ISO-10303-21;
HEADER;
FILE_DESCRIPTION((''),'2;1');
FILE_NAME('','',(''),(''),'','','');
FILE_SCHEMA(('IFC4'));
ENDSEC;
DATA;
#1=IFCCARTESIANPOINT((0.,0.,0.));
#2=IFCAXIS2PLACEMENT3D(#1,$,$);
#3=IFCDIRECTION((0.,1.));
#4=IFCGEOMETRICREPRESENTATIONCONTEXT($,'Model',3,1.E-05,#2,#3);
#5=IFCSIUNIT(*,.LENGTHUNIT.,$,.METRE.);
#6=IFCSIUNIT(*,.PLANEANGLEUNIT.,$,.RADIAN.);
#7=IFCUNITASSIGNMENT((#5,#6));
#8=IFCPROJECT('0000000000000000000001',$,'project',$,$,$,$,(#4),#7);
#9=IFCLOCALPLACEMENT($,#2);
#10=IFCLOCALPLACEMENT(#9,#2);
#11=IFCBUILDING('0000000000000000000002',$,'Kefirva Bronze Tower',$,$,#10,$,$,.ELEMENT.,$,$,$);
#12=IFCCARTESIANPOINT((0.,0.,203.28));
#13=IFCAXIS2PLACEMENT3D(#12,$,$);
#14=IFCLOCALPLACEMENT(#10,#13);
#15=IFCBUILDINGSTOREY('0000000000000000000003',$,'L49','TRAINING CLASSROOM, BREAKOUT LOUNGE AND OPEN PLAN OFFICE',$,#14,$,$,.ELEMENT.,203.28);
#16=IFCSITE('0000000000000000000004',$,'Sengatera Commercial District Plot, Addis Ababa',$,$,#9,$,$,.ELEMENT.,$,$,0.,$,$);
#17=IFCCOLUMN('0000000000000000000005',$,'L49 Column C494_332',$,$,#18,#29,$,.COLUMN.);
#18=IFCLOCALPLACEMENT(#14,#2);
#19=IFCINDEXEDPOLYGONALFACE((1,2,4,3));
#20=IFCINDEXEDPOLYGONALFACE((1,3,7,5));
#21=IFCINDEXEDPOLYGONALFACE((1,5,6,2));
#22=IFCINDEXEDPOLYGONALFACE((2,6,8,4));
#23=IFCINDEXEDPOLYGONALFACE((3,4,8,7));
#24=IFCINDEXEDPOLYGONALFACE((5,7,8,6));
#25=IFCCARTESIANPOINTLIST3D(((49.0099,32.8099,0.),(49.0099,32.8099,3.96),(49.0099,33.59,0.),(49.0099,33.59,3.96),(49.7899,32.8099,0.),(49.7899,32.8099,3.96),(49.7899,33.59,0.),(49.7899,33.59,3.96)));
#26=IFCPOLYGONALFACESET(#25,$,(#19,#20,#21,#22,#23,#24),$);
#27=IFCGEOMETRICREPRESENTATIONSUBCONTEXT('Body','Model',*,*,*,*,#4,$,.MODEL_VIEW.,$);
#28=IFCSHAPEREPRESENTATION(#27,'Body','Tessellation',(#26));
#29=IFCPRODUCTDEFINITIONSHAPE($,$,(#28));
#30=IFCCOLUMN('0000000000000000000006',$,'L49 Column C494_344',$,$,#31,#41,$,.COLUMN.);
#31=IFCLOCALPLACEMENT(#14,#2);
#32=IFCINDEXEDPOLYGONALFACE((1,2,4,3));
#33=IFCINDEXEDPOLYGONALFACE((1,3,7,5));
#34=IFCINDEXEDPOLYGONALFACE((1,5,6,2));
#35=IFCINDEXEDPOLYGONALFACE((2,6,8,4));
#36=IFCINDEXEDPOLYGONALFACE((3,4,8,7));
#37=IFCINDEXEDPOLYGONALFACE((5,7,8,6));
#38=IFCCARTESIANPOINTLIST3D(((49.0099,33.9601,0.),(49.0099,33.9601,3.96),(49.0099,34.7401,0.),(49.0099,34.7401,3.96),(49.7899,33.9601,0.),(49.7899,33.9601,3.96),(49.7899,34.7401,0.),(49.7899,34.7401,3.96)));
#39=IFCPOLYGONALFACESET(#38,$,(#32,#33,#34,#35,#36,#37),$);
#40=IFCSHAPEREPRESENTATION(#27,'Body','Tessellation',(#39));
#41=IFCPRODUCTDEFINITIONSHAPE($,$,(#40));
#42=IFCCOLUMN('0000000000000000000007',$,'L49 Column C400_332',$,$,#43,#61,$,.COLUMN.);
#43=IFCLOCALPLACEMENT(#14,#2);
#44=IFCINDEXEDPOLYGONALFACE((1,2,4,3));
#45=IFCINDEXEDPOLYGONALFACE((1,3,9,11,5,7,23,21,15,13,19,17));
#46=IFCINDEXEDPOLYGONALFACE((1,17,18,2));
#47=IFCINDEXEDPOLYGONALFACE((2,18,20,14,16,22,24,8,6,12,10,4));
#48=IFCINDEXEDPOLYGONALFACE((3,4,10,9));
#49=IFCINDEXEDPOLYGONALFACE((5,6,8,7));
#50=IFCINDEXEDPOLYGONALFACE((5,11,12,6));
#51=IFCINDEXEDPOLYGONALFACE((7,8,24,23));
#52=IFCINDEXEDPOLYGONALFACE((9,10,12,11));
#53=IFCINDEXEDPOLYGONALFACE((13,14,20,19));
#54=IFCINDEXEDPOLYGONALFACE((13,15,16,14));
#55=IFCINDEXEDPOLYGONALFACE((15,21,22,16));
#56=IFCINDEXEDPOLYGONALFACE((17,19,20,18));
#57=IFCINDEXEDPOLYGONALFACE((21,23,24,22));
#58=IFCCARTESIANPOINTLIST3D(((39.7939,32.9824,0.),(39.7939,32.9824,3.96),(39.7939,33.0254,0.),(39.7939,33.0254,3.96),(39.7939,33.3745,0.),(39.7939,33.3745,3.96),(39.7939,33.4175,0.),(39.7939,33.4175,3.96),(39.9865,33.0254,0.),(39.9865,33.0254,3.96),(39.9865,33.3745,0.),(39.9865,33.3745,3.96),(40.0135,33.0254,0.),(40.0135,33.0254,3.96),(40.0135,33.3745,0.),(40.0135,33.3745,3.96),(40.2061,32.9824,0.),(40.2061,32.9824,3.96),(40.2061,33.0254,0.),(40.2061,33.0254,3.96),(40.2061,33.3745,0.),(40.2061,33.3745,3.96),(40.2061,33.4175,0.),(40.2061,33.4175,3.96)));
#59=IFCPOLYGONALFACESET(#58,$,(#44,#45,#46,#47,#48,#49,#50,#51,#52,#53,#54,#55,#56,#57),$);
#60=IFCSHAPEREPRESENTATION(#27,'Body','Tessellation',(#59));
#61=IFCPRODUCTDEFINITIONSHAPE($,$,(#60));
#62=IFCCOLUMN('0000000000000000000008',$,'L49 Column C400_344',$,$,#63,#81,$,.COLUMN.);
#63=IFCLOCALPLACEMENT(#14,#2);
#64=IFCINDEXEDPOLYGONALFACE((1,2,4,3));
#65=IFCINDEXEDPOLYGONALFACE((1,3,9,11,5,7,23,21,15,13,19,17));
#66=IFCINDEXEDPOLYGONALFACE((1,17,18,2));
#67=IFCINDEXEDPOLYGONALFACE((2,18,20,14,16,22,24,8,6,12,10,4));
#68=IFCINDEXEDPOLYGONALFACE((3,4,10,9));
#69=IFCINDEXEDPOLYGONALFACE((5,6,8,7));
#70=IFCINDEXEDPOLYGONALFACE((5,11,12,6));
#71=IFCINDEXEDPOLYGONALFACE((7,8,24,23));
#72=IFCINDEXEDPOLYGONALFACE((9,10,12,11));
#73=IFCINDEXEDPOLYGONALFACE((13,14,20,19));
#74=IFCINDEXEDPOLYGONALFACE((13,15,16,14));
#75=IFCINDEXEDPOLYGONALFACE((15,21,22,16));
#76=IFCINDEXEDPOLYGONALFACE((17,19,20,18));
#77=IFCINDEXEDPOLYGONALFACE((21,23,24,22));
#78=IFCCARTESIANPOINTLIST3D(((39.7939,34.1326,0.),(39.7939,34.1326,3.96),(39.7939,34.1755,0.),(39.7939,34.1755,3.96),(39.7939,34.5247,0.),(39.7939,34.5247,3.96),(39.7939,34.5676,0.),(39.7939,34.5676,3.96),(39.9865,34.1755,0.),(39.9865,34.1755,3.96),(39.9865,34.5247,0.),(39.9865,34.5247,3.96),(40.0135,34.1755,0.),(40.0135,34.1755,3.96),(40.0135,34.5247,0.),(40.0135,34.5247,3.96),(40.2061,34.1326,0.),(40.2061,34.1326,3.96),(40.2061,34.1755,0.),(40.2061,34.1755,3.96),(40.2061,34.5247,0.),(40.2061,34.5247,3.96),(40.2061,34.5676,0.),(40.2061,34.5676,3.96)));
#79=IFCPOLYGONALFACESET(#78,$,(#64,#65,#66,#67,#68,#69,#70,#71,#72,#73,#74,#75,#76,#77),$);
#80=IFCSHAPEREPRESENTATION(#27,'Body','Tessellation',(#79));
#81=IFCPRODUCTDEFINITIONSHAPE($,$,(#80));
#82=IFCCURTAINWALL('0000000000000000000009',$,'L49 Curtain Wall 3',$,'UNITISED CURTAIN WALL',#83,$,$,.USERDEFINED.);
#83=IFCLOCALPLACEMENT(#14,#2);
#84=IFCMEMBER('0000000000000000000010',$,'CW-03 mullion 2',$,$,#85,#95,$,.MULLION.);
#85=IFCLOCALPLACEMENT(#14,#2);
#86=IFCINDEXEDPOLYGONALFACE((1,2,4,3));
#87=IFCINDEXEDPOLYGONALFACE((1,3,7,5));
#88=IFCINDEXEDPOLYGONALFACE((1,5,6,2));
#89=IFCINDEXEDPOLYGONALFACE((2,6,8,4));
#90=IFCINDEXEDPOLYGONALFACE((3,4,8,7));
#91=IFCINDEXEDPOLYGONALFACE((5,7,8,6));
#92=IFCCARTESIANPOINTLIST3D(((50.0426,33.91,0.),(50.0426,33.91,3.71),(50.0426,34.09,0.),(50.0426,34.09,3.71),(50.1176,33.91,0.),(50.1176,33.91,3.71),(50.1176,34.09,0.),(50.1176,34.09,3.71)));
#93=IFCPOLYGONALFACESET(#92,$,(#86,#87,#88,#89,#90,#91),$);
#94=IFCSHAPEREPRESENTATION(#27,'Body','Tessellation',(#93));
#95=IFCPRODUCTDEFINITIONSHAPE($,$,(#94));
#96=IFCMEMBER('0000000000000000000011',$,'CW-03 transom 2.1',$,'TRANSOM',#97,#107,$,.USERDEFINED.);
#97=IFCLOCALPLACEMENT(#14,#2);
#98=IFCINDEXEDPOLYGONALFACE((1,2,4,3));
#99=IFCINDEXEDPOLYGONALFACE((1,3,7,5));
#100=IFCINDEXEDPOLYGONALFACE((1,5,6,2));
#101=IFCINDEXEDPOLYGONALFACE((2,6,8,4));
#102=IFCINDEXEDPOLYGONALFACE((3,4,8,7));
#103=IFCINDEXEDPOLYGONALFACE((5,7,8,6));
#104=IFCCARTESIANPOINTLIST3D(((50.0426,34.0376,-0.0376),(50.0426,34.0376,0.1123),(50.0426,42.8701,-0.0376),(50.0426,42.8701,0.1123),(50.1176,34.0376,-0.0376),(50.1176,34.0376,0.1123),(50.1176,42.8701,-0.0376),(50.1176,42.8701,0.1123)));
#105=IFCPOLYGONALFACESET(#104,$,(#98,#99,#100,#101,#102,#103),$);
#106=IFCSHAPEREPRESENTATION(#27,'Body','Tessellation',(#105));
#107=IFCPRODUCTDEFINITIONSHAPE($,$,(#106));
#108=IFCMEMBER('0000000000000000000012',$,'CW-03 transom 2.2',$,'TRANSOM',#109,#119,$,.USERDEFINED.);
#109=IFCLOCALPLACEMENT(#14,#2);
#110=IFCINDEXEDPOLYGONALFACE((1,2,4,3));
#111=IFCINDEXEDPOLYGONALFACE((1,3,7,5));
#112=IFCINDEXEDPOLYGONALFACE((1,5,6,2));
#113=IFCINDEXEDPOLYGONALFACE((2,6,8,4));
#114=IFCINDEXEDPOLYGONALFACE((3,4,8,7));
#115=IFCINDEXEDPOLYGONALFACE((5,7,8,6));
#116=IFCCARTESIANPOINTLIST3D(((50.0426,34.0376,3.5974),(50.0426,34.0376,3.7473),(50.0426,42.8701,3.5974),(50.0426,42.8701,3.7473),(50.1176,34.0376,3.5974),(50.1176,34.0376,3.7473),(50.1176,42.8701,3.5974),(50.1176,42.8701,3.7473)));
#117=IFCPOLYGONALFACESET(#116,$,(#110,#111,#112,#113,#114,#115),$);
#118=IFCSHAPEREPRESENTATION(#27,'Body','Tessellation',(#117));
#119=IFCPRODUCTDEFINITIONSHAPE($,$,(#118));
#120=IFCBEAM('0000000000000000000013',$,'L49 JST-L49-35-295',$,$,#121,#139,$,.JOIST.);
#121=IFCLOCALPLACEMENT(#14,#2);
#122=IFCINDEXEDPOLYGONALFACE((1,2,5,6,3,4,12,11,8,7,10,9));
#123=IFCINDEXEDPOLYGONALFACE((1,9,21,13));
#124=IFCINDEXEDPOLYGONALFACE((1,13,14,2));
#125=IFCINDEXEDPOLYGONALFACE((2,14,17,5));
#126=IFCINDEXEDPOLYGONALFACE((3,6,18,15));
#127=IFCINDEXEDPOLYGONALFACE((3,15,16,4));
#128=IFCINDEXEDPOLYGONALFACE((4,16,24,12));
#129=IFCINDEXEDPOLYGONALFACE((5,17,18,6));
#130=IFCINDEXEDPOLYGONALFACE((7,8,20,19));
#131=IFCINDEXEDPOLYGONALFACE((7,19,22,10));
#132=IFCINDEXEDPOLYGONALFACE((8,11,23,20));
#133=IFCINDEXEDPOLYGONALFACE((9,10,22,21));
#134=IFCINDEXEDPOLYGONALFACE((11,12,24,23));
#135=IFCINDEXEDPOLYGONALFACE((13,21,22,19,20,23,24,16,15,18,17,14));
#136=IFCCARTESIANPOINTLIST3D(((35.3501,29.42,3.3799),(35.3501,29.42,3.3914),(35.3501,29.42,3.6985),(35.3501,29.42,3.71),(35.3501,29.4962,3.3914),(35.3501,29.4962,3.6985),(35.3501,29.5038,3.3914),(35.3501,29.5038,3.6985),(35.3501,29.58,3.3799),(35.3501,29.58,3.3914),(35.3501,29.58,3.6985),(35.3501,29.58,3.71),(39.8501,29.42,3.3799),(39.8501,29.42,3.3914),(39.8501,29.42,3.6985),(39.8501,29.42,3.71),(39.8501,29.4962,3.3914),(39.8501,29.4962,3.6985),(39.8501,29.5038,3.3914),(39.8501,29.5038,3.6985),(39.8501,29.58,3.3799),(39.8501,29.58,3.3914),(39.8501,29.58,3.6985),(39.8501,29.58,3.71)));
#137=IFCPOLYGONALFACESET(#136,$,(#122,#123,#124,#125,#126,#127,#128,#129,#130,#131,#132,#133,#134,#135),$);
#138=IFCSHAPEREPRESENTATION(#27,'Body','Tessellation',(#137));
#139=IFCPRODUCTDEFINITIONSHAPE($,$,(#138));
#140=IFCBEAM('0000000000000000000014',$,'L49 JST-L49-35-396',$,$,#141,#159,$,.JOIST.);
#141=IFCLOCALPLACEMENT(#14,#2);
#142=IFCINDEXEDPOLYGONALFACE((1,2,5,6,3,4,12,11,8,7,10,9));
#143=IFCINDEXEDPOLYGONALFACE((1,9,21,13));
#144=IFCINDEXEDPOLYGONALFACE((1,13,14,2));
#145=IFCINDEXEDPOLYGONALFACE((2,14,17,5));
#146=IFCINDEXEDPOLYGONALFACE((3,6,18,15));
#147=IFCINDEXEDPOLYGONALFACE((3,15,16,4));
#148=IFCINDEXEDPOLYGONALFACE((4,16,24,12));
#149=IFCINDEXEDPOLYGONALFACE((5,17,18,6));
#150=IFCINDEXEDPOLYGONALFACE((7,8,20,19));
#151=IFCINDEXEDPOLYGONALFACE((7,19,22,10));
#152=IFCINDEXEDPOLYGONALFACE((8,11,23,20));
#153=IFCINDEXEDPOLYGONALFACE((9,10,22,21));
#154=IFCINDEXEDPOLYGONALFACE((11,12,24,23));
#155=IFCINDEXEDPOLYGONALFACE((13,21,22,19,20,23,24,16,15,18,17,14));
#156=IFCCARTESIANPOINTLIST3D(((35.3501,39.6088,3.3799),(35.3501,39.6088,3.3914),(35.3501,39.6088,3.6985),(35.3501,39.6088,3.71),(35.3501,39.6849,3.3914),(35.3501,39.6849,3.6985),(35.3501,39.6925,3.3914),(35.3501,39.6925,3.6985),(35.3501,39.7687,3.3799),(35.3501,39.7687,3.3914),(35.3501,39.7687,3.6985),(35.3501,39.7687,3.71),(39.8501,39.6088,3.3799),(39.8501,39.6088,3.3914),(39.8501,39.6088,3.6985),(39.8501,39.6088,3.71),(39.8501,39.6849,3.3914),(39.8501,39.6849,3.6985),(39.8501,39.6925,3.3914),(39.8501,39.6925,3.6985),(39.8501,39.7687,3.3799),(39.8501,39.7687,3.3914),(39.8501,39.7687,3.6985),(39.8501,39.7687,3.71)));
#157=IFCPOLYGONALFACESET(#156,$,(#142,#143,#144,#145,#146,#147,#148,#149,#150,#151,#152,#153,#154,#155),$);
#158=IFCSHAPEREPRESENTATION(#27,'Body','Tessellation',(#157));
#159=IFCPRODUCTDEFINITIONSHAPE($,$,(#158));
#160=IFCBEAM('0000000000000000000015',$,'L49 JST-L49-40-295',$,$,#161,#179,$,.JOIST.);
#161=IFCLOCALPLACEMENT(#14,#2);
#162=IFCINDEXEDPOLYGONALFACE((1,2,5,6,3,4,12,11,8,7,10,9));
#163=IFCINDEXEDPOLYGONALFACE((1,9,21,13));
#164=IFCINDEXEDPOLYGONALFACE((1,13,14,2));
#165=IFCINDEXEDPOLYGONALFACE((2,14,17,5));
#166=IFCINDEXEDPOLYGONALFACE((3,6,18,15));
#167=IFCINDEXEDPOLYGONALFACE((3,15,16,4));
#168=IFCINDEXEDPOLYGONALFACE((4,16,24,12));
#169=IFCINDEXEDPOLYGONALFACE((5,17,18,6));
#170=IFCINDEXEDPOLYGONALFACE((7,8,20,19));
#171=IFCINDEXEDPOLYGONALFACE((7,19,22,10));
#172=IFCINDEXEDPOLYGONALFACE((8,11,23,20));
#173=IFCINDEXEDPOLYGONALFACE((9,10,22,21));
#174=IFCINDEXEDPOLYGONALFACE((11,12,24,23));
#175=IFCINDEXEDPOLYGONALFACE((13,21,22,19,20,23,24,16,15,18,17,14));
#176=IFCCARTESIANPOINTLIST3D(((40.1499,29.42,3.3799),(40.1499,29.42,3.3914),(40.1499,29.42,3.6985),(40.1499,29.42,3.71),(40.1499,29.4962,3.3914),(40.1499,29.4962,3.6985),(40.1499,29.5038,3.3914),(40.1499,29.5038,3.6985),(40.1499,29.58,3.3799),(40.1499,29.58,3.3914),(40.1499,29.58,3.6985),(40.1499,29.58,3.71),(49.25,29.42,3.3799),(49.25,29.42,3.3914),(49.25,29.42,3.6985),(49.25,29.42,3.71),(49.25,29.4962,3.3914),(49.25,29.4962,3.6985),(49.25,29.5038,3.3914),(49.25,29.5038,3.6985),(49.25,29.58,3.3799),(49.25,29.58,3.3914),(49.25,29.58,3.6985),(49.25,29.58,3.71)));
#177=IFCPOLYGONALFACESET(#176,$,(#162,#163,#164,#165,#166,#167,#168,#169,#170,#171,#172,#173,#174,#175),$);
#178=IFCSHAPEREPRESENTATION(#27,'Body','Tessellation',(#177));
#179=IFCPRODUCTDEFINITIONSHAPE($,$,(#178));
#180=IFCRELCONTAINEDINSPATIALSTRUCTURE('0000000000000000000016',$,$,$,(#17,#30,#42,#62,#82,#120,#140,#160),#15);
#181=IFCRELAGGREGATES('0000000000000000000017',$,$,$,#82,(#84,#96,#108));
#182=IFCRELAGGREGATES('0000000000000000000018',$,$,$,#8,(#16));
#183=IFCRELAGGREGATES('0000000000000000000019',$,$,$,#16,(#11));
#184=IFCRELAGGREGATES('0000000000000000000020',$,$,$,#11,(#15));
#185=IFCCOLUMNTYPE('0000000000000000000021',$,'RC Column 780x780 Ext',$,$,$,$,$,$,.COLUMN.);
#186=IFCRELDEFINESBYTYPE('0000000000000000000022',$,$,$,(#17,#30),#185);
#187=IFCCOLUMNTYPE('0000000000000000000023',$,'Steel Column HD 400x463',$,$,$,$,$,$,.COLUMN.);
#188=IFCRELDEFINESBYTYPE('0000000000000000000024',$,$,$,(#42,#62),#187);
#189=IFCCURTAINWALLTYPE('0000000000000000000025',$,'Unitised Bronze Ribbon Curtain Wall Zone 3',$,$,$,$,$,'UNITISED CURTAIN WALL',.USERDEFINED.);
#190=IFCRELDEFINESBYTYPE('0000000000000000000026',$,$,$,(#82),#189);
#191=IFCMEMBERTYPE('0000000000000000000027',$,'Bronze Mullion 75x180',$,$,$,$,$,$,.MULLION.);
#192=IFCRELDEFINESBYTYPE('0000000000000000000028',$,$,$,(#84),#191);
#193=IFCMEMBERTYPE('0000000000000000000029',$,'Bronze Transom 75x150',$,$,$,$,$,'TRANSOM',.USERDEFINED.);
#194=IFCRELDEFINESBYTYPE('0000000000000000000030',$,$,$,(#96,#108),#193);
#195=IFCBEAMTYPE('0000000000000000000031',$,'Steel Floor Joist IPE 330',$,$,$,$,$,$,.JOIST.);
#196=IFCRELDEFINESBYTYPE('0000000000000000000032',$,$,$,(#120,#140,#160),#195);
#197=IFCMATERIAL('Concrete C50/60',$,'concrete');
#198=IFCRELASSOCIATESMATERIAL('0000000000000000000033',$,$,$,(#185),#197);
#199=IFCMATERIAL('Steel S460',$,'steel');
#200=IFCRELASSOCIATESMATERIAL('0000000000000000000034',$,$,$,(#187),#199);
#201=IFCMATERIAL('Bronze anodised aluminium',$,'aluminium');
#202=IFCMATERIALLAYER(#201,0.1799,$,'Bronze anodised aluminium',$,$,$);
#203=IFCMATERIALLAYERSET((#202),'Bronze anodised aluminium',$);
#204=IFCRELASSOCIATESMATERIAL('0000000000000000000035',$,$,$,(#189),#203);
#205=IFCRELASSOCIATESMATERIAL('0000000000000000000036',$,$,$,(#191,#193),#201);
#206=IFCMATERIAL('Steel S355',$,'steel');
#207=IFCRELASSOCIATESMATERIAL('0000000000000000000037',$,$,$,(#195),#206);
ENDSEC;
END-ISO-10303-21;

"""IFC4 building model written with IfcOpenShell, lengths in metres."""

from ifc_helpers import new_model, si_unit, direction, frame, origin, origin_2d, place, context, subcontext, project, spatial, rectangle, i_section, extrude, material, layer, layer_set, material_profile, profile_set, type_object, element, aggregate, save


model = new_model("IFC4")

# Units and contexts
model_context = context("Model", 3, precision=1e-05, world=origin(), true_north=direction((0.0, 1.0)))
body_context = subcontext(model_context, "Body", "Model", "MODEL_VIEW")
ifc_project = project(units=[si_unit("LENGTHUNIT", "METRE"), si_unit("PLANEANGLEUNIT", "RADIAN")], contexts=[model_context])

# Site, building, storey
site_placement = place(None, origin())
site = spatial("IfcSite", under=ifc_project, at=site_placement, Name="Sengatera Commercial District Plot, Addis Ababa", CompositionType="ELEMENT", RefElevation=0.0)
building_placement = place(site_placement, origin())
building = spatial("IfcBuilding", under=site, at=building_placement, Name="Kefirva Bronze Tower", CompositionType="ELEMENT")
storey_placement = place(building_placement, frame((0.0, 0.0, 203.28)))
storey = spatial("IfcBuildingStorey", under=building, at=storey_placement, Name="L49", Description="TRAINING CLASSROOM, BREAKOUT LOUNGE AND OPEN PLAN OFFICE", CompositionType="ELEMENT", Elevation=203.28)

# Columns
ifc_material_1 = material(Name="Concrete C50/60", Category="concrete")
ifc_material_profile_1 = material_profile(ifc_material_1, rectangle(XDim=0.78, YDim=0.78, at=origin_2d()), Name="RC 780x780")
ifc_profile_set_1 = profile_set([ifc_material_profile_1], Name="Concrete C50/60")
column_type_1 = type_object("IfcColumnType", Name="RC Column 780x780 Ext", PredefinedType="COLUMN", material=ifc_profile_set_1)
for number, where, z_axis, x_axis, name in (
    (1, (49.3999, 33.2, 0.0), (0.0, 0.0, 1.0), (1.0, 0.0, 0.0), "L49 Column C494_332"),
    (2, (49.3999, 34.3501, 0.0), (0.0, 0.0, 1.0), (1.0, 0.0, 0.0), "L49 Column C494_344"),
):
    element("IfcColumn", number, at=place(storey_placement, frame(where, z_axis=z_axis, x_axis=x_axis)), inside=storey, type_object=column_type_1, Name=name, PredefinedType="COLUMN", context=body_context, shape_type="SweptSolid", body=[
        extrude(rectangle(XDim=0.78, YDim=0.78, at=origin_2d()), origin(), (0.0, 0.0, 1.0), 3.96),
    ])
ifc_material_2 = material(Name="Steel S460", Category="steel")
ifc_material_profile_2 = material_profile(ifc_material_2, i_section(OverallWidth=0.4121, OverallDepth=0.4351, WebThickness=0.0271, FlangeThickness=0.043, at=origin_2d()), Name="HD 400x463")
ifc_profile_set_2 = profile_set([ifc_material_profile_2], Name="Steel S460")
column_type_2 = type_object("IfcColumnType", Name="Steel Column HD 400x463", PredefinedType="COLUMN", material=ifc_profile_set_2)
for number, where, z_axis, x_axis, name in (
    (3, (40.0, 33.2, 0.0), (0.0, 0.0, 1.0), (1.0, 0.0, 0.0), "L49 Column C400_332"),
    (4, (40.0, 34.3501, 0.0), (0.0, 0.0, 1.0), (1.0, 0.0, 0.0), "L49 Column C400_344"),
):
    element("IfcColumn", number, at=place(storey_placement, frame(where, z_axis=z_axis, x_axis=x_axis)), inside=storey, type_object=column_type_2, Name=name, PredefinedType="COLUMN", context=body_context, shape_type="SweptSolid", body=[
        extrude(i_section(OverallWidth=0.4121, OverallDepth=0.4351, WebThickness=0.0271, FlangeThickness=0.043, at=origin_2d()), origin(), (0.0, 0.0, 1.0), 3.96),
    ])

# Curtain wall, members
ifc_material_3 = material(Name="Bronze anodised aluminium", Category="aluminium")
ifc_layer_1 = layer(ifc_material_3, 0.1799, Name="Bronze anodised aluminium")
ifc_layer_set_1 = layer_set([ifc_layer_1], Name="Bronze anodised aluminium")
curtain_wall_type = type_object("IfcCurtainWallType", Name="Unitised Bronze Ribbon Curtain Wall Zone 3", ElementType="UNITISED CURTAIN WALL", PredefinedType="USERDEFINED", material=ifc_layer_set_1)
curtain_wall_placement = place(storey_placement, origin())
curtain_wall = element("IfcCurtainWall", 5, at=curtain_wall_placement, inside=storey, type_object=curtain_wall_type, Name="L49 Curtain Wall 3", ObjectType="UNITISED CURTAIN WALL", PredefinedType="USERDEFINED")
ifc_material_profile_3 = material_profile(ifc_material_3, rectangle(XDim=0.075, YDim=0.1799, at=origin_2d()), Name="ALU 75x180")
ifc_profile_set_3 = profile_set([ifc_material_profile_3], Name="Bronze anodised aluminium")
member_type_1 = type_object("IfcMemberType", Name="Bronze Mullion 75x180", PredefinedType="MULLION", material=ifc_profile_set_3)
member_1_placement = place(storey_placement, frame((50.0801, 34.0, 0.0), z_axis=(0.0, 0.0, 1.0), x_axis=(-1.0, 0.0, 0.0)))
member_1 = element("IfcMember", 6, at=member_1_placement, type_object=member_type_1, Name="CW-03 mullion 2", PredefinedType="MULLION", context=body_context, shape_type="SweptSolid", body=[
    extrude(rectangle(XDim=0.075, YDim=0.1799, at=origin_2d()), origin(), (0.0, 0.0, 1.0), 3.71),
])
ifc_material_profile_4 = material_profile(ifc_material_3, rectangle(XDim=0.075, YDim=0.1499, at=origin_2d()), Name="ALU 75x150")
ifc_profile_set_4 = profile_set([ifc_material_profile_4], Name="Bronze anodised aluminium")
member_type_2 = type_object("IfcMemberType", Name="Bronze Transom 75x150", ElementType="TRANSOM", PredefinedType="USERDEFINED", material=ifc_profile_set_4)
member_2_placement = place(storey_placement, frame((50.0801, 34.0376, 0.0374), z_axis=(0.0, 1.0, 0.0), x_axis=(-1.0, 0.0, 0.0)))
member_2 = element("IfcMember", 7, at=member_2_placement, type_object=member_type_2, Name="CW-03 transom 2.1", ObjectType="TRANSOM", PredefinedType="USERDEFINED", context=body_context, shape_type="SweptSolid", body=[
    extrude(rectangle(XDim=0.075, YDim=0.1499, at=origin_2d()), origin(), (0.0, 0.0, 1.0), 8.8325),
])
member_3_placement = place(storey_placement, frame((50.0801, 34.0376, 3.6724), z_axis=(0.0, 1.0, 0.0), x_axis=(-1.0, 0.0, 0.0)))
member_3 = element("IfcMember", 8, at=member_3_placement, type_object=member_type_2, Name="CW-03 transom 2.2", ObjectType="TRANSOM", PredefinedType="USERDEFINED", context=body_context, shape_type="SweptSolid", body=[
    extrude(rectangle(XDim=0.075, YDim=0.1499, at=origin_2d()), origin(), (0.0, 0.0, 1.0), 8.8325),
])

# Beams
ifc_material_4 = material(Name="Steel S355", Category="steel")
ifc_material_profile_5 = material_profile(ifc_material_4, i_section(OverallWidth=0.1599, OverallDepth=0.3301, WebThickness=0.0076, FlangeThickness=0.0115, at=origin_2d()), Name="IPE 330")
ifc_profile_set_5 = profile_set([ifc_material_profile_5], Name="Steel S355")
beam_type_1 = type_object("IfcBeamType", Name="Steel Floor Joist IPE 330", PredefinedType="JOIST", material=ifc_profile_set_5)
for number, where, z_axis, x_axis, name in (
    (9, (35.3501, 29.5, 3.5449), (1.0, 0.0, 0.0), (0.0, 1.0, 0.0), "L49 JST-L49-35-295"),
    (10, (35.3501, 39.6887, 3.5449), (1.0, 0.0, 0.0), (0.0, 1.0, 0.0), "L49 JST-L49-35-396"),
):
    element("IfcBeam", number, at=place(storey_placement, frame(where, z_axis=z_axis, x_axis=x_axis)), inside=storey, type_object=beam_type_1, Name=name, PredefinedType="JOIST", context=body_context, shape_type="SweptSolid", body=[
        extrude(i_section(OverallWidth=0.1599, OverallDepth=0.3301, WebThickness=0.0076, FlangeThickness=0.0115, at=origin_2d()), origin(), (0.0, 0.0, 1.0), 4.5),
    ])
beam_1_placement = place(storey_placement, frame((40.1499, 29.5, 3.5449), z_axis=(1.0, 0.0, 0.0), x_axis=(0.0, 1.0, 0.0)))
element("IfcBeam", 11, at=beam_1_placement, inside=storey, type_object=beam_type_1, Name="L49 JST-L49-40-295", PredefinedType="JOIST", context=body_context, shape_type="SweptSolid", body=[
    extrude(i_section(OverallWidth=0.1599, OverallDepth=0.3301, WebThickness=0.0076, FlangeThickness=0.0115, at=origin_2d()), origin(), (0.0, 0.0, 1.0), 9.1001),
])

aggregate(curtain_wall, [member_1, member_2, member_3])

save(model, "model.ifc")
